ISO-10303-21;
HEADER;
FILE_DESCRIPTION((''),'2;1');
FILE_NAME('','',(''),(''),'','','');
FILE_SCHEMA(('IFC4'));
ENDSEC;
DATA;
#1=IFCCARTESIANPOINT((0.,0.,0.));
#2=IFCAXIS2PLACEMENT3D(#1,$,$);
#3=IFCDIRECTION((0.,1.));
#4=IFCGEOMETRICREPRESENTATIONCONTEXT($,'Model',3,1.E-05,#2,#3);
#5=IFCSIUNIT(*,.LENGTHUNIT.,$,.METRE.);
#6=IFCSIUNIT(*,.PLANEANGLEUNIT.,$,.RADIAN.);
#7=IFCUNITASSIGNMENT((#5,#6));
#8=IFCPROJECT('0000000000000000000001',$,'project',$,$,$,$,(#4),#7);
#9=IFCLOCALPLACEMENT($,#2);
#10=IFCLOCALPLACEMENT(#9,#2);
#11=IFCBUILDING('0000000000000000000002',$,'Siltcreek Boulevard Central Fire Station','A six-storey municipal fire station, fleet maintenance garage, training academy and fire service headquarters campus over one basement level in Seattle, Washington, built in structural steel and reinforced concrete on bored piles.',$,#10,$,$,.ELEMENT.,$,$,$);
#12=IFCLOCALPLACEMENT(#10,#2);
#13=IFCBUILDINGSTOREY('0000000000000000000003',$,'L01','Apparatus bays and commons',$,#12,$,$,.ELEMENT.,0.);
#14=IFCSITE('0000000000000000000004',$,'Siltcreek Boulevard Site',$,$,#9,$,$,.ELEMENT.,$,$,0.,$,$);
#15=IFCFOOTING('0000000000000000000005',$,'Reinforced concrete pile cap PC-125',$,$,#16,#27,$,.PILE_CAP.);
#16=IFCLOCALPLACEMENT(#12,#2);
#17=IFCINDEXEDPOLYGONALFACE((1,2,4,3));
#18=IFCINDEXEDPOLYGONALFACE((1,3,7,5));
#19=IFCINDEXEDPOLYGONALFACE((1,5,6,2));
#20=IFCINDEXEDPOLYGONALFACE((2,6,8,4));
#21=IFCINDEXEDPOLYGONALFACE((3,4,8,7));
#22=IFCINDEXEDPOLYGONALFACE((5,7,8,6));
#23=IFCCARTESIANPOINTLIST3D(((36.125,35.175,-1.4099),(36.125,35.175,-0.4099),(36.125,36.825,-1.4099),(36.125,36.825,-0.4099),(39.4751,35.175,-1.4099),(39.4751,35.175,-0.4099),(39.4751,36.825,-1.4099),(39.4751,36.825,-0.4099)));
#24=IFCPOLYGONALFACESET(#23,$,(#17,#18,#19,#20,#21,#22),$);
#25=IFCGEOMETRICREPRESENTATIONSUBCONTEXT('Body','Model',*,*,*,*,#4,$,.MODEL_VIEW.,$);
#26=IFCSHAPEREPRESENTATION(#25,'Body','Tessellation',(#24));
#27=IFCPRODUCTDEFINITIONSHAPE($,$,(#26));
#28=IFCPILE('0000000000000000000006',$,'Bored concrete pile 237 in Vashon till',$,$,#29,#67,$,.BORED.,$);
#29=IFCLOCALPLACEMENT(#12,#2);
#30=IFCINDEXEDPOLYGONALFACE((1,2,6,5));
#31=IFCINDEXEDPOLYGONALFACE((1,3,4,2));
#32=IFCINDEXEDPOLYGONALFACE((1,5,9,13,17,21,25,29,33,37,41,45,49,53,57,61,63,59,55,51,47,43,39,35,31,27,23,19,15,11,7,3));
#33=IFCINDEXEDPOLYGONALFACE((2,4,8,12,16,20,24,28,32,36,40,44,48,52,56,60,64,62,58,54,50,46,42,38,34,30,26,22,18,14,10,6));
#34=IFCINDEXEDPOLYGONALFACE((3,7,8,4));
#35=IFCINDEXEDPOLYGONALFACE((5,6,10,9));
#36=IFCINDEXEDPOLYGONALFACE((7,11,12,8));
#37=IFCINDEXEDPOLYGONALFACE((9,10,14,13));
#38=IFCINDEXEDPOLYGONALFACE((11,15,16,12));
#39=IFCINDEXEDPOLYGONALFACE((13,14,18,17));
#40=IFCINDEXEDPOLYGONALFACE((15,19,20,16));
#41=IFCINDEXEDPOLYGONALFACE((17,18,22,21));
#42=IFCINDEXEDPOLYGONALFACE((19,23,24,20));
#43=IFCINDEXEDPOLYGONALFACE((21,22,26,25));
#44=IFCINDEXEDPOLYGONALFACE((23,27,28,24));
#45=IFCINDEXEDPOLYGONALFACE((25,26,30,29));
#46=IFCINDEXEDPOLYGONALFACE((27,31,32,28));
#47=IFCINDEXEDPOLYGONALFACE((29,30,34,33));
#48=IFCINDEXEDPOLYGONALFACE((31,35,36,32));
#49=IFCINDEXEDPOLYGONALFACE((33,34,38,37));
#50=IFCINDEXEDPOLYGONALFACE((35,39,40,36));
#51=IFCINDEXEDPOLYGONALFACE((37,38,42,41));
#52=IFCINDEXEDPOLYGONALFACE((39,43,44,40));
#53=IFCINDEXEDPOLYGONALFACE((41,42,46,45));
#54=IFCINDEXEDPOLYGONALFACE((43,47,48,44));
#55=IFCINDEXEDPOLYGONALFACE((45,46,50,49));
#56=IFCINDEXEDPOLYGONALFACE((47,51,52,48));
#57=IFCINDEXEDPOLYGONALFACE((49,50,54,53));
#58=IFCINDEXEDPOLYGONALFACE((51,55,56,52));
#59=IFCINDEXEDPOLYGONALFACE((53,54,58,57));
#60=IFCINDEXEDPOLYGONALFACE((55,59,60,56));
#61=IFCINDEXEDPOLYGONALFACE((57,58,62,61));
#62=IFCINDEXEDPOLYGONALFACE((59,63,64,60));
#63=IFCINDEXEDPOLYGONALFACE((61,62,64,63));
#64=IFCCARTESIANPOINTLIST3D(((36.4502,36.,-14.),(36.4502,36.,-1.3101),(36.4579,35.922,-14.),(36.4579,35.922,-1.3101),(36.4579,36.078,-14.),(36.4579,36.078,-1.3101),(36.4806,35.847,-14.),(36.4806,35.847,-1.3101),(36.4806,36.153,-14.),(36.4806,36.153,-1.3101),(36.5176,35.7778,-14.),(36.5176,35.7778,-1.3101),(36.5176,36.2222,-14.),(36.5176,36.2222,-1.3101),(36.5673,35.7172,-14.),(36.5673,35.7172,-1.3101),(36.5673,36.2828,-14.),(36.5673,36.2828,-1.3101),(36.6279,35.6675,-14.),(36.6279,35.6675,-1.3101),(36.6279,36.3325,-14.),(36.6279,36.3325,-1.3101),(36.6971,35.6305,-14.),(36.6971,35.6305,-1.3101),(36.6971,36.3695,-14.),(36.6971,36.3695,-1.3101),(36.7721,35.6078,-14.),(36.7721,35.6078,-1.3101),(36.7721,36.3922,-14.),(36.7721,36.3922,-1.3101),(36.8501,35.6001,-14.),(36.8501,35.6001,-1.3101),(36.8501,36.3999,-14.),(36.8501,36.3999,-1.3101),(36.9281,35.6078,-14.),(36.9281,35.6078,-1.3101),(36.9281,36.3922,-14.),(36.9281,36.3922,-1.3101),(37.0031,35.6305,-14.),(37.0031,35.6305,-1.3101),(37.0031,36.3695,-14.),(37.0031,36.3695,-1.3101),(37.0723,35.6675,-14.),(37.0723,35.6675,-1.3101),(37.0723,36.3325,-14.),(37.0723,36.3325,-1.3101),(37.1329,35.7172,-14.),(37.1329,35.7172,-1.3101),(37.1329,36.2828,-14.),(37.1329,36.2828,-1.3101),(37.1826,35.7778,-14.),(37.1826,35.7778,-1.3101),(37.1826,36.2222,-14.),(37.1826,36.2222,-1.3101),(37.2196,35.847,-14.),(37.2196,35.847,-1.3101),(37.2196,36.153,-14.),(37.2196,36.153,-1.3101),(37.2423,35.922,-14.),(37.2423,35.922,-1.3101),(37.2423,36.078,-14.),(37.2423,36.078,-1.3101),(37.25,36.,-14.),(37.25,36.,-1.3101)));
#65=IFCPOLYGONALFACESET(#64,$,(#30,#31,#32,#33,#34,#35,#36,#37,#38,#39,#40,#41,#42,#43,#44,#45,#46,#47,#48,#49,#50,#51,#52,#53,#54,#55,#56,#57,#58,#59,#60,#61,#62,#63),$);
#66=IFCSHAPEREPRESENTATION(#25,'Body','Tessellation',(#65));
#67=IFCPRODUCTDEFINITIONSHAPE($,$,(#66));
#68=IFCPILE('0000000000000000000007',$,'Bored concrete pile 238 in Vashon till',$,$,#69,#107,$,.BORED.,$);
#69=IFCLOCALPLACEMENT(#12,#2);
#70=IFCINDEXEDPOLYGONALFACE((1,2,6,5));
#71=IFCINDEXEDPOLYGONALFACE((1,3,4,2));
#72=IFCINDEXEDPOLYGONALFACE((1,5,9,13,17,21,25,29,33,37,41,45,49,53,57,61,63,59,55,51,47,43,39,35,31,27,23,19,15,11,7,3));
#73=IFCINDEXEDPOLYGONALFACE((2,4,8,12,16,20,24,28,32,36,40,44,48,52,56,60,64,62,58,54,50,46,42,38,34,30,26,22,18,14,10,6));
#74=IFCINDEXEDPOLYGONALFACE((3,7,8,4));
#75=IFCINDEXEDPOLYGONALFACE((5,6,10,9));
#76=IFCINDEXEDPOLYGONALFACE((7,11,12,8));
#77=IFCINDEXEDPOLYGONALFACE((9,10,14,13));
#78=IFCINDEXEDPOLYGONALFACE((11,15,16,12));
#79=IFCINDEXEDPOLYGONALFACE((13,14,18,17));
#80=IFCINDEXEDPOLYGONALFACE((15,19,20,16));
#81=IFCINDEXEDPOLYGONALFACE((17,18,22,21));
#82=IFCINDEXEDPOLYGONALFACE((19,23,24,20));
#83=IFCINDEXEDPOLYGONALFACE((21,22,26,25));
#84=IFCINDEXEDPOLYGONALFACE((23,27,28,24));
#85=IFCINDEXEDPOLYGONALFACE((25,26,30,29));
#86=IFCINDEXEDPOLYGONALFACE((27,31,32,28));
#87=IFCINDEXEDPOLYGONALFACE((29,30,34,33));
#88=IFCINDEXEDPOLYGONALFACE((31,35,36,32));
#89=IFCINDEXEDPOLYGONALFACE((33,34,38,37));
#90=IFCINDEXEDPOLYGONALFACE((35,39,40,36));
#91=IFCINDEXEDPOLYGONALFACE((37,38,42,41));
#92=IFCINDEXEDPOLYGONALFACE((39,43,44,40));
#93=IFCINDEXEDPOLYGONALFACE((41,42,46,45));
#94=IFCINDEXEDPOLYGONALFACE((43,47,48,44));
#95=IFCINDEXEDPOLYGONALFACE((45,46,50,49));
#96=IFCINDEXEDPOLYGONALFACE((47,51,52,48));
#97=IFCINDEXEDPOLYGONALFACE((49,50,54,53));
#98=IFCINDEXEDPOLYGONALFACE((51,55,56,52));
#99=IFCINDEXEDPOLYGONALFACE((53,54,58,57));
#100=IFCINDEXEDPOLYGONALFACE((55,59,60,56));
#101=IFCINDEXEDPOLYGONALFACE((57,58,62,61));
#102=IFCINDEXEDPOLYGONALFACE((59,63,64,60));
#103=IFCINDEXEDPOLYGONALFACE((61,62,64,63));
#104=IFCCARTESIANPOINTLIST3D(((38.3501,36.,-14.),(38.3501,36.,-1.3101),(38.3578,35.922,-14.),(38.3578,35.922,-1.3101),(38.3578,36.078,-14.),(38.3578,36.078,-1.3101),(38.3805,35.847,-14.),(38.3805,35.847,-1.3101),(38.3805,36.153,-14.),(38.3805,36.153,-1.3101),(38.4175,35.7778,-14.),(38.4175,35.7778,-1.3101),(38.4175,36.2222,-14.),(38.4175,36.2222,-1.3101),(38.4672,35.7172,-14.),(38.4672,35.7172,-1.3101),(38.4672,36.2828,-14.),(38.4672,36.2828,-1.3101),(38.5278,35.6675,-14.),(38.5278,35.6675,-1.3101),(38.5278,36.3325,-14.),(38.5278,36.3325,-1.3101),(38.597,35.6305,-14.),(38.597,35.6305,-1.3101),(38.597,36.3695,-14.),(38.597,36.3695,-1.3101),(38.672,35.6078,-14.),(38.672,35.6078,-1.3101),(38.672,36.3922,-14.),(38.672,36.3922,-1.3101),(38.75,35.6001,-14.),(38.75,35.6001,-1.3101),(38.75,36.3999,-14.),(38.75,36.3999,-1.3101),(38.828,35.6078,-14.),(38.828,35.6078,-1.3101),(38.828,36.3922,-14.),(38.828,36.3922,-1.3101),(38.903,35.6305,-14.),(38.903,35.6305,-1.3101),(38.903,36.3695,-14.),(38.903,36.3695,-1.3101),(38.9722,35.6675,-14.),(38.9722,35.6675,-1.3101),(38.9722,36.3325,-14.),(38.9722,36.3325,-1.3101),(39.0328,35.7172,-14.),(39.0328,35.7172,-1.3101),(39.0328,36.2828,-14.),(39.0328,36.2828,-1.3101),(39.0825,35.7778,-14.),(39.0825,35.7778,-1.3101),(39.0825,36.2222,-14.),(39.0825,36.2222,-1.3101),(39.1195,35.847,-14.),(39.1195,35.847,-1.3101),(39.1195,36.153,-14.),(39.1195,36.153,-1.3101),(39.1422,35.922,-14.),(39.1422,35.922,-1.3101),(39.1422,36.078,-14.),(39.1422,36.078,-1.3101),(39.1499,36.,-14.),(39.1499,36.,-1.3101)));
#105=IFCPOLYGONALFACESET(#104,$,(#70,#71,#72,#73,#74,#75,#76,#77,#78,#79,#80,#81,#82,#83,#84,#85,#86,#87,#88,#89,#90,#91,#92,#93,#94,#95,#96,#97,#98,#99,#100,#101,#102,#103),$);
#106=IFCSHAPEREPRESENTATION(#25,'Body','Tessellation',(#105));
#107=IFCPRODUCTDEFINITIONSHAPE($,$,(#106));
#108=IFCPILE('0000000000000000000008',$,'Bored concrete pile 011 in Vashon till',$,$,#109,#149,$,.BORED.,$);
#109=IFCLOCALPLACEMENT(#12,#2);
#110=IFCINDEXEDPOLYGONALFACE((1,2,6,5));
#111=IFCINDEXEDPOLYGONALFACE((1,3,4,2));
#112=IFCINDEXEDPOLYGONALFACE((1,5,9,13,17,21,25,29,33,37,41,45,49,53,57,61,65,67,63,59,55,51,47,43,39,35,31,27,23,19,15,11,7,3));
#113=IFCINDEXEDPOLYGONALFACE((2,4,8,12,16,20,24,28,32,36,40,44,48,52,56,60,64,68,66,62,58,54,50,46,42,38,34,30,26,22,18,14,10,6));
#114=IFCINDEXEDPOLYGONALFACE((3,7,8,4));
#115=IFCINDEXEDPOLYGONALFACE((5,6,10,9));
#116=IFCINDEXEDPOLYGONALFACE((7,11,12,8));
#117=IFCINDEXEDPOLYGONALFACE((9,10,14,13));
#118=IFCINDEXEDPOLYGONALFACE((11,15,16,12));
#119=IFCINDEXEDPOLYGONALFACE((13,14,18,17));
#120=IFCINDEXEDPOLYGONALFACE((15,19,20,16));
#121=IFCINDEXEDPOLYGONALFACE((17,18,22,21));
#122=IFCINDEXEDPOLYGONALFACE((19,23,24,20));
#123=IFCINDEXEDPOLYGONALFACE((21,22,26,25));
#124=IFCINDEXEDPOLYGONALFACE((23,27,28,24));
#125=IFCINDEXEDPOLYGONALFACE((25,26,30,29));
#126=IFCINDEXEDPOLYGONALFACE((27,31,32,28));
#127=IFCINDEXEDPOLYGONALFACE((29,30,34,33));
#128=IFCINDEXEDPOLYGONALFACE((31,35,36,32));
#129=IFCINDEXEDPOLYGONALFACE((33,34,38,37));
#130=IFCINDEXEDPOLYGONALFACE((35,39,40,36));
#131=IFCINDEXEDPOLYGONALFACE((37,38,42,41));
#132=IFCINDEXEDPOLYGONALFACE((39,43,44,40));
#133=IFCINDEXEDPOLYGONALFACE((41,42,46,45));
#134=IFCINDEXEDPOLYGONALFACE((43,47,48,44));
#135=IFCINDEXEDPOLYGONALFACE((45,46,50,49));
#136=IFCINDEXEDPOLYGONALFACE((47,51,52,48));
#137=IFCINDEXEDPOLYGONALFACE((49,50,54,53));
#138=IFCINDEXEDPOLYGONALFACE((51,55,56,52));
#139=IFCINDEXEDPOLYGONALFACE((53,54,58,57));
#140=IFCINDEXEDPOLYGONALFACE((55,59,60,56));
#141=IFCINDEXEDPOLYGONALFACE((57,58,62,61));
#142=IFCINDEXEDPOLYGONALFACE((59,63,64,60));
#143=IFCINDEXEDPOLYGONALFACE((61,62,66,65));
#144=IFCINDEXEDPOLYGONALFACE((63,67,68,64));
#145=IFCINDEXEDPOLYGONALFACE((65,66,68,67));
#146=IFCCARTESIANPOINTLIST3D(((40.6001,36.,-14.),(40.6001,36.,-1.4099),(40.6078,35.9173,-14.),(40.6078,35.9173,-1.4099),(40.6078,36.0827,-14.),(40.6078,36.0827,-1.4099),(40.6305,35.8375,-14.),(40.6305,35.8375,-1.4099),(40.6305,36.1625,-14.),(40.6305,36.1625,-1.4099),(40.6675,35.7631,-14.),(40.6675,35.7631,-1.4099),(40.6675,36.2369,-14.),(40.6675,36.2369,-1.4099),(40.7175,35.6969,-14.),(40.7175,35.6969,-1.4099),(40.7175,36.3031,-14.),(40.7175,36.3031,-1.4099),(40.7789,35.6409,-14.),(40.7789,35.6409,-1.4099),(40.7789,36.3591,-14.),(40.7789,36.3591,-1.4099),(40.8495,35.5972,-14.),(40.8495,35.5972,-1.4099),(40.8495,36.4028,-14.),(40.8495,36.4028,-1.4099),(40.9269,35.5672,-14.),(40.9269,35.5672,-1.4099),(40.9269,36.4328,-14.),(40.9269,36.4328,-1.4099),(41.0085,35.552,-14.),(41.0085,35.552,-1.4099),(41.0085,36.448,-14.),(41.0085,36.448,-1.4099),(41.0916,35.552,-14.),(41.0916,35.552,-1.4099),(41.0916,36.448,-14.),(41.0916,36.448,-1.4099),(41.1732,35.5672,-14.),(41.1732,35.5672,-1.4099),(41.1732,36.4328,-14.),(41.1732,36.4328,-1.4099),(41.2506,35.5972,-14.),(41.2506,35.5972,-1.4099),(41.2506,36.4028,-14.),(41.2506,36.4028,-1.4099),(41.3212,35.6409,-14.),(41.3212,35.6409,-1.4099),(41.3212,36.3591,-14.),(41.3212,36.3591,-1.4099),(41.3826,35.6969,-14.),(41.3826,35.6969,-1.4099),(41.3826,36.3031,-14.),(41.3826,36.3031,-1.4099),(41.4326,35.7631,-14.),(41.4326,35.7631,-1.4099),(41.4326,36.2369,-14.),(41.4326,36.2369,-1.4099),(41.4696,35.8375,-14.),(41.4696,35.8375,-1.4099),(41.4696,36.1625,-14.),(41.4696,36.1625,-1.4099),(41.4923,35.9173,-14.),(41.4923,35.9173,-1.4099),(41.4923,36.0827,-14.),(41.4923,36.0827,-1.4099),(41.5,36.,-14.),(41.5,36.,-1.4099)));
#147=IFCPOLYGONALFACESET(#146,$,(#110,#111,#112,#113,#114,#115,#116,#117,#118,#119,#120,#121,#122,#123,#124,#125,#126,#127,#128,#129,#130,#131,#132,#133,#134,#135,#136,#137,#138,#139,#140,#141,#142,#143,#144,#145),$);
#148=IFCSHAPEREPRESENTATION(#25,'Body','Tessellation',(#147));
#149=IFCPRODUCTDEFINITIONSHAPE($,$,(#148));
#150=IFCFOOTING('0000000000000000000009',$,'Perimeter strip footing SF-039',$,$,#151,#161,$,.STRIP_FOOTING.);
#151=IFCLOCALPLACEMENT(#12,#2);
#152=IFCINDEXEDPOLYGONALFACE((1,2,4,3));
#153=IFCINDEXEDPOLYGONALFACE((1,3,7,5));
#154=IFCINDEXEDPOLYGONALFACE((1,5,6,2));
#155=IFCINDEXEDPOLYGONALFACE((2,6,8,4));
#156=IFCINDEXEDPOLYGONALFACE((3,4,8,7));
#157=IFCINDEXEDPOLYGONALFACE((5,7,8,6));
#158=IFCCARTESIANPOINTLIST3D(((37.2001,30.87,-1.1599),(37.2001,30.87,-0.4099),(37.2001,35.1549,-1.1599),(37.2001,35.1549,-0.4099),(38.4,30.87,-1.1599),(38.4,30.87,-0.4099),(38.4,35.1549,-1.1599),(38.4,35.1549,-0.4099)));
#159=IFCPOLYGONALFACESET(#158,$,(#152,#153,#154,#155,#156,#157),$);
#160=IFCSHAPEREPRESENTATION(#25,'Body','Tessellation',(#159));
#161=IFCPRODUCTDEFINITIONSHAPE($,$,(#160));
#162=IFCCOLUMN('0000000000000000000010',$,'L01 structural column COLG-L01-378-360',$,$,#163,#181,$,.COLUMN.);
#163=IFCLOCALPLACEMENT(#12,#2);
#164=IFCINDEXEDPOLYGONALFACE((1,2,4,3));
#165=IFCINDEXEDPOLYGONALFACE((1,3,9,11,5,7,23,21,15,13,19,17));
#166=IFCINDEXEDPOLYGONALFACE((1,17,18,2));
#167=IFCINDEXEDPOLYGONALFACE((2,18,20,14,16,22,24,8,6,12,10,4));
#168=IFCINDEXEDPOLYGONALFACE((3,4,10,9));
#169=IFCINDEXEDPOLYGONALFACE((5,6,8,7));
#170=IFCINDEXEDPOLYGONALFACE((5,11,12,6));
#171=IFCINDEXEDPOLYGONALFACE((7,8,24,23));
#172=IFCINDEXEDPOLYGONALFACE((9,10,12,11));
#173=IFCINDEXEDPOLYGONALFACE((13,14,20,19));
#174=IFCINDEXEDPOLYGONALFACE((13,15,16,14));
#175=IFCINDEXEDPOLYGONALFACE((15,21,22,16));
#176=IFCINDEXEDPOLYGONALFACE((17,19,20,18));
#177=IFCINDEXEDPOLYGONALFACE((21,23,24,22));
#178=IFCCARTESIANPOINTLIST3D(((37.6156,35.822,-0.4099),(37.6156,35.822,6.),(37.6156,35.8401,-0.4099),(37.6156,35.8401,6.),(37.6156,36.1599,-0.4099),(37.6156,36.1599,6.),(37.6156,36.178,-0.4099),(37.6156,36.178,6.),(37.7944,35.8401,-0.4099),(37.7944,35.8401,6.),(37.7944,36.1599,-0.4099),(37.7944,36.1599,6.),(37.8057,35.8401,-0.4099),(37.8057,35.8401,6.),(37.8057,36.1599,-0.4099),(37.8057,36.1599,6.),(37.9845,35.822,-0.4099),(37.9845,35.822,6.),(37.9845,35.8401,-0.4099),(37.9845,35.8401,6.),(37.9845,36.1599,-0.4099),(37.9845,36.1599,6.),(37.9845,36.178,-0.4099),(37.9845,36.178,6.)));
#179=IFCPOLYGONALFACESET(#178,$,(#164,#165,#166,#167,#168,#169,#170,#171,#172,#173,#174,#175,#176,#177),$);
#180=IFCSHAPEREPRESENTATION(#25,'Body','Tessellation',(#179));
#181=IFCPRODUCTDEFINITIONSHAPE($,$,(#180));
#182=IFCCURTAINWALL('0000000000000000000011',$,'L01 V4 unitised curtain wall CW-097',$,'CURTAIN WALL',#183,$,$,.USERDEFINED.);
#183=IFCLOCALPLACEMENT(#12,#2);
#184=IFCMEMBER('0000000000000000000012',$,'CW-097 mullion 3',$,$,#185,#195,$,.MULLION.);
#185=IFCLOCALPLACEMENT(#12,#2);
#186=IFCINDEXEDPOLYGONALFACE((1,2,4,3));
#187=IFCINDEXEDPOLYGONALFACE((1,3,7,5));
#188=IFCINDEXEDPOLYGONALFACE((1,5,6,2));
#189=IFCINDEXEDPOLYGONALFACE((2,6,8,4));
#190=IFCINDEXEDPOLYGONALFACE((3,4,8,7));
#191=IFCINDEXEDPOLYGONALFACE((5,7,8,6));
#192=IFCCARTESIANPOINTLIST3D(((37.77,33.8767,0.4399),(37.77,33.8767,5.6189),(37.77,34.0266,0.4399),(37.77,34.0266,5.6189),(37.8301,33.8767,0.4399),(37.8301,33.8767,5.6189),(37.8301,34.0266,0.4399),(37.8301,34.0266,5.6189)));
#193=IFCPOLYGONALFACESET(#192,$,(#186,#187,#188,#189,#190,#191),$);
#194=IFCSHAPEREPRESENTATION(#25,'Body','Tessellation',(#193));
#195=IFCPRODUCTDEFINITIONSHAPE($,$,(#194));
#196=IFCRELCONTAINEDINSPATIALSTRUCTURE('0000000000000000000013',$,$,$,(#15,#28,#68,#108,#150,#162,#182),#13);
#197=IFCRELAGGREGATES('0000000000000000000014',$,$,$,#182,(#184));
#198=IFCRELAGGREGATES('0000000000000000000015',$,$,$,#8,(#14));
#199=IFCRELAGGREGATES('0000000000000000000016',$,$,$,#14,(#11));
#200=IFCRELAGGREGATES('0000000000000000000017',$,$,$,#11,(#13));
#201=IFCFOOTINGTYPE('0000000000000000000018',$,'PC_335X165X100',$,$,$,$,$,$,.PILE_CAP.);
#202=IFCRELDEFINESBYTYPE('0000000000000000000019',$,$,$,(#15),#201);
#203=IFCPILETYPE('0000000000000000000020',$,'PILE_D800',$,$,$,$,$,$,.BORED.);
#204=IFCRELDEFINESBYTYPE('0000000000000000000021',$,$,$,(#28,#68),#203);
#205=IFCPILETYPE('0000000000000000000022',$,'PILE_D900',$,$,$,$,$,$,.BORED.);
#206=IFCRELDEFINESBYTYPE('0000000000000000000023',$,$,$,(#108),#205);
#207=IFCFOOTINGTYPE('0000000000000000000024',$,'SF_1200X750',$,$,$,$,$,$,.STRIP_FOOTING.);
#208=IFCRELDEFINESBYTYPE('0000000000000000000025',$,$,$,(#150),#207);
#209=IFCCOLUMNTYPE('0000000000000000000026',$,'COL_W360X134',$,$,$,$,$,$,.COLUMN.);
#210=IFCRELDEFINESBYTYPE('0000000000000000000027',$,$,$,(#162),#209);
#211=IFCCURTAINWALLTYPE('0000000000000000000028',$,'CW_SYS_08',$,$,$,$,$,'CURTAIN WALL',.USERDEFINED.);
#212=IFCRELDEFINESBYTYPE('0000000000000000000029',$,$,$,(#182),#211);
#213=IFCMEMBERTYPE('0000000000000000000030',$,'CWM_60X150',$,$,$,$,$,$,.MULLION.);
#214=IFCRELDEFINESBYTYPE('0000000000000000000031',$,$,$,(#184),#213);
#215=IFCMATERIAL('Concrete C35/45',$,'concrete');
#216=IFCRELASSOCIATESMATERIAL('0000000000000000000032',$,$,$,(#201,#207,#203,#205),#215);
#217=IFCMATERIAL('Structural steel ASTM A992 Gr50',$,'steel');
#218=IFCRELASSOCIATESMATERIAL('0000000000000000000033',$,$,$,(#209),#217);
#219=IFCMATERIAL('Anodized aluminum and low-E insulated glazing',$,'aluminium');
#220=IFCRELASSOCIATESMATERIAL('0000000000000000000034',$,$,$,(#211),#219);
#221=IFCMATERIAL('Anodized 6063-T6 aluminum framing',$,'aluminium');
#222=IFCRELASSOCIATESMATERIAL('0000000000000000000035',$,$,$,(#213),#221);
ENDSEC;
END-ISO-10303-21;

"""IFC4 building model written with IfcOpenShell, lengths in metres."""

from ifc_helpers import new_model, si_unit, direction, frame, origin, origin_2d, place, context, subcontext, project, spatial, rectangle, circle, i_section, extrude, material, material_profile, profile_set, type_object, element, aggregate, save


model = new_model("IFC4")

# Units and contexts
model_context = context("Model", 3, precision=1e-05, world=origin(), true_north=direction((0.0, 1.0)))
body_context = subcontext(model_context, "Body", "Model", "MODEL_VIEW")
ifc_project = project(units=[si_unit("LENGTHUNIT", "METRE"), si_unit("PLANEANGLEUNIT", "RADIAN")], contexts=[model_context])

# Site, building, storey
site_placement = place(None, origin())
site = spatial("IfcSite", under=ifc_project, at=site_placement, Name="Siltcreek Boulevard Site", CompositionType="ELEMENT", RefElevation=0.0)
building_placement = place(site_placement, origin())
building = spatial("IfcBuilding", under=site, at=building_placement, Name="Siltcreek Boulevard Central Fire Station", Description="A six-storey municipal fire station, fleet maintenance garage, training academy and fire service headquarters campus over one basement level in Seattle, Washington, built in structural steel and reinforced concrete on bored piles.", CompositionType="ELEMENT")
storey_placement = place(building_placement, origin())
storey = spatial("IfcBuildingStorey", under=building, at=storey_placement, Name="L01", Description="Apparatus bays and commons", CompositionType="ELEMENT", Elevation=0.0)

# Footing
ifc_material_1 = material(Name="Concrete C35/45", Category="concrete")
footing_type_1 = type_object("IfcFootingType", Name="PC_335X165X100", PredefinedType="PILE_CAP", material=ifc_material_1)
footing_1_placement = place(storey_placement, frame((37.8, 36.0, -1.4099), z_axis=(0.0, 0.0, 1.0), x_axis=(1.0, 0.0, 0.0)))
element("IfcFooting", 1, at=footing_1_placement, inside=storey, type_object=footing_type_1, Name="Reinforced concrete pile cap PC-125", PredefinedType="PILE_CAP", context=body_context, shape_type="SweptSolid", body=[
    extrude(rectangle(XDim=3.3501, YDim=1.6499, at=origin_2d()), origin(), (0.0, 0.0, 1.0), 1.0),
])

# Piles
ifc_material_profile_1 = material_profile(ifc_material_1, circle(Radius=0.3999, at=origin_2d()), Name="SHAFT800")
ifc_profile_set_1 = profile_set([ifc_material_profile_1], Name="Concrete C35/45")
pile_type_1 = type_object("IfcPileType", Name="PILE_D800", PredefinedType="BORED", material=ifc_profile_set_1)
for number, where, z_axis, x_axis, name in (
    (2, (36.8501, 36.0, -1.3101), (0.0, 0.0, -1.0), (1.0, 0.0, 0.0), "Bored concrete pile 237 in Vashon till"),
    (3, (38.75, 36.0, -1.3101), (0.0, 0.0, -1.0), (1.0, 0.0, 0.0), "Bored concrete pile 238 in Vashon till"),
):
    element("IfcPile", number, at=place(storey_placement, frame(where, z_axis=z_axis, x_axis=x_axis)), inside=storey, type_object=pile_type_1, Name=name, PredefinedType="BORED", context=body_context, shape_type="SweptSolid", body=[
        extrude(circle(Radius=0.3999, at=origin_2d()), origin(), (0.0, 0.0, 1.0), 12.6899),
    ])
ifc_material_profile_2 = material_profile(ifc_material_1, circle(Radius=0.45, at=origin_2d()), Name="SHAFT900")
ifc_profile_set_2 = profile_set([ifc_material_profile_2], Name="Concrete C35/45")
pile_type_2 = type_object("IfcPileType", Name="PILE_D900", PredefinedType="BORED", material=ifc_profile_set_2)
pile_placement = place(storey_placement, frame((41.05, 36.0, -1.4099), z_axis=(0.0, 0.0, -1.0), x_axis=(1.0, 0.0, 0.0)))
element("IfcPile", 4, at=pile_placement, inside=storey, type_object=pile_type_2, Name="Bored concrete pile 011 in Vashon till", PredefinedType="BORED", context=body_context, shape_type="SweptSolid", body=[
    extrude(circle(Radius=0.45, at=origin_2d()), origin(), (0.0, 0.0, 1.0), 12.5901),
])

# Footing
footing_type_2 = type_object("IfcFootingType", Name="SF_1200X750", PredefinedType="STRIP_FOOTING", material=ifc_material_1)
footing_2_placement = place(storey_placement, frame((37.8, 33.0125, -1.1599), z_axis=(0.0, 0.0, 1.0), x_axis=(1.0, 0.0, 0.0)))
element("IfcFooting", 5, at=footing_2_placement, inside=storey, type_object=footing_type_2, Name="Perimeter strip footing SF-039", PredefinedType="STRIP_FOOTING", context=body_context, shape_type="SweptSolid", body=[
    extrude(rectangle(XDim=1.2, YDim=4.2849, at=origin_2d()), origin(), (0.0, 0.0, 1.0), 0.75),
])

# Column
ifc_material_2 = material(Name="Structural steel ASTM A992 Gr50", Category="steel")
ifc_material_profile_3 = material_profile(ifc_material_2, i_section(OverallWidth=0.3689, OverallDepth=0.356, WebThickness=0.0112, FlangeThickness=0.0181, at=origin_2d()), Name="W360X134")
ifc_profile_set_3 = profile_set([ifc_material_profile_3], Name="Structural steel ASTM A992 Gr50")
column_type = type_object("IfcColumnType", Name="COL_W360X134", PredefinedType="COLUMN", material=ifc_profile_set_3)
column_placement = place(storey_placement, frame((37.8, 36.0, -0.4099), z_axis=(0.0, 0.0, 1.0), x_axis=(1.0, 0.0, 0.0)))
element("IfcColumn", 6, at=column_placement, inside=storey, type_object=column_type, Name="L01 structural column COLG-L01-378-360", PredefinedType="COLUMN", context=body_context, shape_type="SweptSolid", body=[
    extrude(i_section(OverallWidth=0.3689, OverallDepth=0.356, WebThickness=0.0112, FlangeThickness=0.0181, at=origin_2d()), origin(), (0.0, 0.0, 1.0), 6.4099),
])

# Curtain wall, member
ifc_material_3 = material(Name="Anodized aluminum and low-E insulated glazing", Category="aluminium")
curtain_wall_type_1 = type_object("IfcCurtainWallType", Name="CW_SYS_08", ElementType="CURTAIN WALL", PredefinedType="USERDEFINED", material=ifc_material_3)
curtain_wall_1_placement = place(storey_placement, origin())
curtain_wall_1 = element("IfcCurtainWall", 7, at=curtain_wall_1_placement, inside=storey, type_object=curtain_wall_type_1, Name="L01 V4 unitised curtain wall CW-097", ObjectType="CURTAIN WALL", PredefinedType="USERDEFINED")
ifc_material_4 = material(Name="Anodized 6063-T6 aluminum framing", Category="aluminium")
ifc_material_profile_4 = material_profile(ifc_material_4, rectangle(XDim=0.0601, YDim=0.1499, at=origin_2d()), Name="MULL60X150")
ifc_profile_set_4 = profile_set([ifc_material_profile_4], Name="Anodized 6063-T6 aluminum framing")
member_type_1 = type_object("IfcMemberType", Name="CWM_60X150", PredefinedType="MULLION", material=ifc_profile_set_4)
member_1_placement = place(storey_placement, frame((37.8, 33.9517, 0.4399), z_axis=(0.0, 0.0, 1.0), x_axis=(-1.0, 0.0, 0.0)))
member_1 = element("IfcMember", 8, at=member_1_placement, type_object=member_type_1, Name="CW-097 mullion 3", PredefinedType="MULLION", context=body_context, shape_type="SweptSolid", body=[
    extrude(rectangle(XDim=0.0601, YDim=0.1499, at=origin_2d()), origin(), (0.0, 0.0, 1.0), 5.179),
])

aggregate(curtain_wall_1, [member_1])

save(model, "model.ifc")
